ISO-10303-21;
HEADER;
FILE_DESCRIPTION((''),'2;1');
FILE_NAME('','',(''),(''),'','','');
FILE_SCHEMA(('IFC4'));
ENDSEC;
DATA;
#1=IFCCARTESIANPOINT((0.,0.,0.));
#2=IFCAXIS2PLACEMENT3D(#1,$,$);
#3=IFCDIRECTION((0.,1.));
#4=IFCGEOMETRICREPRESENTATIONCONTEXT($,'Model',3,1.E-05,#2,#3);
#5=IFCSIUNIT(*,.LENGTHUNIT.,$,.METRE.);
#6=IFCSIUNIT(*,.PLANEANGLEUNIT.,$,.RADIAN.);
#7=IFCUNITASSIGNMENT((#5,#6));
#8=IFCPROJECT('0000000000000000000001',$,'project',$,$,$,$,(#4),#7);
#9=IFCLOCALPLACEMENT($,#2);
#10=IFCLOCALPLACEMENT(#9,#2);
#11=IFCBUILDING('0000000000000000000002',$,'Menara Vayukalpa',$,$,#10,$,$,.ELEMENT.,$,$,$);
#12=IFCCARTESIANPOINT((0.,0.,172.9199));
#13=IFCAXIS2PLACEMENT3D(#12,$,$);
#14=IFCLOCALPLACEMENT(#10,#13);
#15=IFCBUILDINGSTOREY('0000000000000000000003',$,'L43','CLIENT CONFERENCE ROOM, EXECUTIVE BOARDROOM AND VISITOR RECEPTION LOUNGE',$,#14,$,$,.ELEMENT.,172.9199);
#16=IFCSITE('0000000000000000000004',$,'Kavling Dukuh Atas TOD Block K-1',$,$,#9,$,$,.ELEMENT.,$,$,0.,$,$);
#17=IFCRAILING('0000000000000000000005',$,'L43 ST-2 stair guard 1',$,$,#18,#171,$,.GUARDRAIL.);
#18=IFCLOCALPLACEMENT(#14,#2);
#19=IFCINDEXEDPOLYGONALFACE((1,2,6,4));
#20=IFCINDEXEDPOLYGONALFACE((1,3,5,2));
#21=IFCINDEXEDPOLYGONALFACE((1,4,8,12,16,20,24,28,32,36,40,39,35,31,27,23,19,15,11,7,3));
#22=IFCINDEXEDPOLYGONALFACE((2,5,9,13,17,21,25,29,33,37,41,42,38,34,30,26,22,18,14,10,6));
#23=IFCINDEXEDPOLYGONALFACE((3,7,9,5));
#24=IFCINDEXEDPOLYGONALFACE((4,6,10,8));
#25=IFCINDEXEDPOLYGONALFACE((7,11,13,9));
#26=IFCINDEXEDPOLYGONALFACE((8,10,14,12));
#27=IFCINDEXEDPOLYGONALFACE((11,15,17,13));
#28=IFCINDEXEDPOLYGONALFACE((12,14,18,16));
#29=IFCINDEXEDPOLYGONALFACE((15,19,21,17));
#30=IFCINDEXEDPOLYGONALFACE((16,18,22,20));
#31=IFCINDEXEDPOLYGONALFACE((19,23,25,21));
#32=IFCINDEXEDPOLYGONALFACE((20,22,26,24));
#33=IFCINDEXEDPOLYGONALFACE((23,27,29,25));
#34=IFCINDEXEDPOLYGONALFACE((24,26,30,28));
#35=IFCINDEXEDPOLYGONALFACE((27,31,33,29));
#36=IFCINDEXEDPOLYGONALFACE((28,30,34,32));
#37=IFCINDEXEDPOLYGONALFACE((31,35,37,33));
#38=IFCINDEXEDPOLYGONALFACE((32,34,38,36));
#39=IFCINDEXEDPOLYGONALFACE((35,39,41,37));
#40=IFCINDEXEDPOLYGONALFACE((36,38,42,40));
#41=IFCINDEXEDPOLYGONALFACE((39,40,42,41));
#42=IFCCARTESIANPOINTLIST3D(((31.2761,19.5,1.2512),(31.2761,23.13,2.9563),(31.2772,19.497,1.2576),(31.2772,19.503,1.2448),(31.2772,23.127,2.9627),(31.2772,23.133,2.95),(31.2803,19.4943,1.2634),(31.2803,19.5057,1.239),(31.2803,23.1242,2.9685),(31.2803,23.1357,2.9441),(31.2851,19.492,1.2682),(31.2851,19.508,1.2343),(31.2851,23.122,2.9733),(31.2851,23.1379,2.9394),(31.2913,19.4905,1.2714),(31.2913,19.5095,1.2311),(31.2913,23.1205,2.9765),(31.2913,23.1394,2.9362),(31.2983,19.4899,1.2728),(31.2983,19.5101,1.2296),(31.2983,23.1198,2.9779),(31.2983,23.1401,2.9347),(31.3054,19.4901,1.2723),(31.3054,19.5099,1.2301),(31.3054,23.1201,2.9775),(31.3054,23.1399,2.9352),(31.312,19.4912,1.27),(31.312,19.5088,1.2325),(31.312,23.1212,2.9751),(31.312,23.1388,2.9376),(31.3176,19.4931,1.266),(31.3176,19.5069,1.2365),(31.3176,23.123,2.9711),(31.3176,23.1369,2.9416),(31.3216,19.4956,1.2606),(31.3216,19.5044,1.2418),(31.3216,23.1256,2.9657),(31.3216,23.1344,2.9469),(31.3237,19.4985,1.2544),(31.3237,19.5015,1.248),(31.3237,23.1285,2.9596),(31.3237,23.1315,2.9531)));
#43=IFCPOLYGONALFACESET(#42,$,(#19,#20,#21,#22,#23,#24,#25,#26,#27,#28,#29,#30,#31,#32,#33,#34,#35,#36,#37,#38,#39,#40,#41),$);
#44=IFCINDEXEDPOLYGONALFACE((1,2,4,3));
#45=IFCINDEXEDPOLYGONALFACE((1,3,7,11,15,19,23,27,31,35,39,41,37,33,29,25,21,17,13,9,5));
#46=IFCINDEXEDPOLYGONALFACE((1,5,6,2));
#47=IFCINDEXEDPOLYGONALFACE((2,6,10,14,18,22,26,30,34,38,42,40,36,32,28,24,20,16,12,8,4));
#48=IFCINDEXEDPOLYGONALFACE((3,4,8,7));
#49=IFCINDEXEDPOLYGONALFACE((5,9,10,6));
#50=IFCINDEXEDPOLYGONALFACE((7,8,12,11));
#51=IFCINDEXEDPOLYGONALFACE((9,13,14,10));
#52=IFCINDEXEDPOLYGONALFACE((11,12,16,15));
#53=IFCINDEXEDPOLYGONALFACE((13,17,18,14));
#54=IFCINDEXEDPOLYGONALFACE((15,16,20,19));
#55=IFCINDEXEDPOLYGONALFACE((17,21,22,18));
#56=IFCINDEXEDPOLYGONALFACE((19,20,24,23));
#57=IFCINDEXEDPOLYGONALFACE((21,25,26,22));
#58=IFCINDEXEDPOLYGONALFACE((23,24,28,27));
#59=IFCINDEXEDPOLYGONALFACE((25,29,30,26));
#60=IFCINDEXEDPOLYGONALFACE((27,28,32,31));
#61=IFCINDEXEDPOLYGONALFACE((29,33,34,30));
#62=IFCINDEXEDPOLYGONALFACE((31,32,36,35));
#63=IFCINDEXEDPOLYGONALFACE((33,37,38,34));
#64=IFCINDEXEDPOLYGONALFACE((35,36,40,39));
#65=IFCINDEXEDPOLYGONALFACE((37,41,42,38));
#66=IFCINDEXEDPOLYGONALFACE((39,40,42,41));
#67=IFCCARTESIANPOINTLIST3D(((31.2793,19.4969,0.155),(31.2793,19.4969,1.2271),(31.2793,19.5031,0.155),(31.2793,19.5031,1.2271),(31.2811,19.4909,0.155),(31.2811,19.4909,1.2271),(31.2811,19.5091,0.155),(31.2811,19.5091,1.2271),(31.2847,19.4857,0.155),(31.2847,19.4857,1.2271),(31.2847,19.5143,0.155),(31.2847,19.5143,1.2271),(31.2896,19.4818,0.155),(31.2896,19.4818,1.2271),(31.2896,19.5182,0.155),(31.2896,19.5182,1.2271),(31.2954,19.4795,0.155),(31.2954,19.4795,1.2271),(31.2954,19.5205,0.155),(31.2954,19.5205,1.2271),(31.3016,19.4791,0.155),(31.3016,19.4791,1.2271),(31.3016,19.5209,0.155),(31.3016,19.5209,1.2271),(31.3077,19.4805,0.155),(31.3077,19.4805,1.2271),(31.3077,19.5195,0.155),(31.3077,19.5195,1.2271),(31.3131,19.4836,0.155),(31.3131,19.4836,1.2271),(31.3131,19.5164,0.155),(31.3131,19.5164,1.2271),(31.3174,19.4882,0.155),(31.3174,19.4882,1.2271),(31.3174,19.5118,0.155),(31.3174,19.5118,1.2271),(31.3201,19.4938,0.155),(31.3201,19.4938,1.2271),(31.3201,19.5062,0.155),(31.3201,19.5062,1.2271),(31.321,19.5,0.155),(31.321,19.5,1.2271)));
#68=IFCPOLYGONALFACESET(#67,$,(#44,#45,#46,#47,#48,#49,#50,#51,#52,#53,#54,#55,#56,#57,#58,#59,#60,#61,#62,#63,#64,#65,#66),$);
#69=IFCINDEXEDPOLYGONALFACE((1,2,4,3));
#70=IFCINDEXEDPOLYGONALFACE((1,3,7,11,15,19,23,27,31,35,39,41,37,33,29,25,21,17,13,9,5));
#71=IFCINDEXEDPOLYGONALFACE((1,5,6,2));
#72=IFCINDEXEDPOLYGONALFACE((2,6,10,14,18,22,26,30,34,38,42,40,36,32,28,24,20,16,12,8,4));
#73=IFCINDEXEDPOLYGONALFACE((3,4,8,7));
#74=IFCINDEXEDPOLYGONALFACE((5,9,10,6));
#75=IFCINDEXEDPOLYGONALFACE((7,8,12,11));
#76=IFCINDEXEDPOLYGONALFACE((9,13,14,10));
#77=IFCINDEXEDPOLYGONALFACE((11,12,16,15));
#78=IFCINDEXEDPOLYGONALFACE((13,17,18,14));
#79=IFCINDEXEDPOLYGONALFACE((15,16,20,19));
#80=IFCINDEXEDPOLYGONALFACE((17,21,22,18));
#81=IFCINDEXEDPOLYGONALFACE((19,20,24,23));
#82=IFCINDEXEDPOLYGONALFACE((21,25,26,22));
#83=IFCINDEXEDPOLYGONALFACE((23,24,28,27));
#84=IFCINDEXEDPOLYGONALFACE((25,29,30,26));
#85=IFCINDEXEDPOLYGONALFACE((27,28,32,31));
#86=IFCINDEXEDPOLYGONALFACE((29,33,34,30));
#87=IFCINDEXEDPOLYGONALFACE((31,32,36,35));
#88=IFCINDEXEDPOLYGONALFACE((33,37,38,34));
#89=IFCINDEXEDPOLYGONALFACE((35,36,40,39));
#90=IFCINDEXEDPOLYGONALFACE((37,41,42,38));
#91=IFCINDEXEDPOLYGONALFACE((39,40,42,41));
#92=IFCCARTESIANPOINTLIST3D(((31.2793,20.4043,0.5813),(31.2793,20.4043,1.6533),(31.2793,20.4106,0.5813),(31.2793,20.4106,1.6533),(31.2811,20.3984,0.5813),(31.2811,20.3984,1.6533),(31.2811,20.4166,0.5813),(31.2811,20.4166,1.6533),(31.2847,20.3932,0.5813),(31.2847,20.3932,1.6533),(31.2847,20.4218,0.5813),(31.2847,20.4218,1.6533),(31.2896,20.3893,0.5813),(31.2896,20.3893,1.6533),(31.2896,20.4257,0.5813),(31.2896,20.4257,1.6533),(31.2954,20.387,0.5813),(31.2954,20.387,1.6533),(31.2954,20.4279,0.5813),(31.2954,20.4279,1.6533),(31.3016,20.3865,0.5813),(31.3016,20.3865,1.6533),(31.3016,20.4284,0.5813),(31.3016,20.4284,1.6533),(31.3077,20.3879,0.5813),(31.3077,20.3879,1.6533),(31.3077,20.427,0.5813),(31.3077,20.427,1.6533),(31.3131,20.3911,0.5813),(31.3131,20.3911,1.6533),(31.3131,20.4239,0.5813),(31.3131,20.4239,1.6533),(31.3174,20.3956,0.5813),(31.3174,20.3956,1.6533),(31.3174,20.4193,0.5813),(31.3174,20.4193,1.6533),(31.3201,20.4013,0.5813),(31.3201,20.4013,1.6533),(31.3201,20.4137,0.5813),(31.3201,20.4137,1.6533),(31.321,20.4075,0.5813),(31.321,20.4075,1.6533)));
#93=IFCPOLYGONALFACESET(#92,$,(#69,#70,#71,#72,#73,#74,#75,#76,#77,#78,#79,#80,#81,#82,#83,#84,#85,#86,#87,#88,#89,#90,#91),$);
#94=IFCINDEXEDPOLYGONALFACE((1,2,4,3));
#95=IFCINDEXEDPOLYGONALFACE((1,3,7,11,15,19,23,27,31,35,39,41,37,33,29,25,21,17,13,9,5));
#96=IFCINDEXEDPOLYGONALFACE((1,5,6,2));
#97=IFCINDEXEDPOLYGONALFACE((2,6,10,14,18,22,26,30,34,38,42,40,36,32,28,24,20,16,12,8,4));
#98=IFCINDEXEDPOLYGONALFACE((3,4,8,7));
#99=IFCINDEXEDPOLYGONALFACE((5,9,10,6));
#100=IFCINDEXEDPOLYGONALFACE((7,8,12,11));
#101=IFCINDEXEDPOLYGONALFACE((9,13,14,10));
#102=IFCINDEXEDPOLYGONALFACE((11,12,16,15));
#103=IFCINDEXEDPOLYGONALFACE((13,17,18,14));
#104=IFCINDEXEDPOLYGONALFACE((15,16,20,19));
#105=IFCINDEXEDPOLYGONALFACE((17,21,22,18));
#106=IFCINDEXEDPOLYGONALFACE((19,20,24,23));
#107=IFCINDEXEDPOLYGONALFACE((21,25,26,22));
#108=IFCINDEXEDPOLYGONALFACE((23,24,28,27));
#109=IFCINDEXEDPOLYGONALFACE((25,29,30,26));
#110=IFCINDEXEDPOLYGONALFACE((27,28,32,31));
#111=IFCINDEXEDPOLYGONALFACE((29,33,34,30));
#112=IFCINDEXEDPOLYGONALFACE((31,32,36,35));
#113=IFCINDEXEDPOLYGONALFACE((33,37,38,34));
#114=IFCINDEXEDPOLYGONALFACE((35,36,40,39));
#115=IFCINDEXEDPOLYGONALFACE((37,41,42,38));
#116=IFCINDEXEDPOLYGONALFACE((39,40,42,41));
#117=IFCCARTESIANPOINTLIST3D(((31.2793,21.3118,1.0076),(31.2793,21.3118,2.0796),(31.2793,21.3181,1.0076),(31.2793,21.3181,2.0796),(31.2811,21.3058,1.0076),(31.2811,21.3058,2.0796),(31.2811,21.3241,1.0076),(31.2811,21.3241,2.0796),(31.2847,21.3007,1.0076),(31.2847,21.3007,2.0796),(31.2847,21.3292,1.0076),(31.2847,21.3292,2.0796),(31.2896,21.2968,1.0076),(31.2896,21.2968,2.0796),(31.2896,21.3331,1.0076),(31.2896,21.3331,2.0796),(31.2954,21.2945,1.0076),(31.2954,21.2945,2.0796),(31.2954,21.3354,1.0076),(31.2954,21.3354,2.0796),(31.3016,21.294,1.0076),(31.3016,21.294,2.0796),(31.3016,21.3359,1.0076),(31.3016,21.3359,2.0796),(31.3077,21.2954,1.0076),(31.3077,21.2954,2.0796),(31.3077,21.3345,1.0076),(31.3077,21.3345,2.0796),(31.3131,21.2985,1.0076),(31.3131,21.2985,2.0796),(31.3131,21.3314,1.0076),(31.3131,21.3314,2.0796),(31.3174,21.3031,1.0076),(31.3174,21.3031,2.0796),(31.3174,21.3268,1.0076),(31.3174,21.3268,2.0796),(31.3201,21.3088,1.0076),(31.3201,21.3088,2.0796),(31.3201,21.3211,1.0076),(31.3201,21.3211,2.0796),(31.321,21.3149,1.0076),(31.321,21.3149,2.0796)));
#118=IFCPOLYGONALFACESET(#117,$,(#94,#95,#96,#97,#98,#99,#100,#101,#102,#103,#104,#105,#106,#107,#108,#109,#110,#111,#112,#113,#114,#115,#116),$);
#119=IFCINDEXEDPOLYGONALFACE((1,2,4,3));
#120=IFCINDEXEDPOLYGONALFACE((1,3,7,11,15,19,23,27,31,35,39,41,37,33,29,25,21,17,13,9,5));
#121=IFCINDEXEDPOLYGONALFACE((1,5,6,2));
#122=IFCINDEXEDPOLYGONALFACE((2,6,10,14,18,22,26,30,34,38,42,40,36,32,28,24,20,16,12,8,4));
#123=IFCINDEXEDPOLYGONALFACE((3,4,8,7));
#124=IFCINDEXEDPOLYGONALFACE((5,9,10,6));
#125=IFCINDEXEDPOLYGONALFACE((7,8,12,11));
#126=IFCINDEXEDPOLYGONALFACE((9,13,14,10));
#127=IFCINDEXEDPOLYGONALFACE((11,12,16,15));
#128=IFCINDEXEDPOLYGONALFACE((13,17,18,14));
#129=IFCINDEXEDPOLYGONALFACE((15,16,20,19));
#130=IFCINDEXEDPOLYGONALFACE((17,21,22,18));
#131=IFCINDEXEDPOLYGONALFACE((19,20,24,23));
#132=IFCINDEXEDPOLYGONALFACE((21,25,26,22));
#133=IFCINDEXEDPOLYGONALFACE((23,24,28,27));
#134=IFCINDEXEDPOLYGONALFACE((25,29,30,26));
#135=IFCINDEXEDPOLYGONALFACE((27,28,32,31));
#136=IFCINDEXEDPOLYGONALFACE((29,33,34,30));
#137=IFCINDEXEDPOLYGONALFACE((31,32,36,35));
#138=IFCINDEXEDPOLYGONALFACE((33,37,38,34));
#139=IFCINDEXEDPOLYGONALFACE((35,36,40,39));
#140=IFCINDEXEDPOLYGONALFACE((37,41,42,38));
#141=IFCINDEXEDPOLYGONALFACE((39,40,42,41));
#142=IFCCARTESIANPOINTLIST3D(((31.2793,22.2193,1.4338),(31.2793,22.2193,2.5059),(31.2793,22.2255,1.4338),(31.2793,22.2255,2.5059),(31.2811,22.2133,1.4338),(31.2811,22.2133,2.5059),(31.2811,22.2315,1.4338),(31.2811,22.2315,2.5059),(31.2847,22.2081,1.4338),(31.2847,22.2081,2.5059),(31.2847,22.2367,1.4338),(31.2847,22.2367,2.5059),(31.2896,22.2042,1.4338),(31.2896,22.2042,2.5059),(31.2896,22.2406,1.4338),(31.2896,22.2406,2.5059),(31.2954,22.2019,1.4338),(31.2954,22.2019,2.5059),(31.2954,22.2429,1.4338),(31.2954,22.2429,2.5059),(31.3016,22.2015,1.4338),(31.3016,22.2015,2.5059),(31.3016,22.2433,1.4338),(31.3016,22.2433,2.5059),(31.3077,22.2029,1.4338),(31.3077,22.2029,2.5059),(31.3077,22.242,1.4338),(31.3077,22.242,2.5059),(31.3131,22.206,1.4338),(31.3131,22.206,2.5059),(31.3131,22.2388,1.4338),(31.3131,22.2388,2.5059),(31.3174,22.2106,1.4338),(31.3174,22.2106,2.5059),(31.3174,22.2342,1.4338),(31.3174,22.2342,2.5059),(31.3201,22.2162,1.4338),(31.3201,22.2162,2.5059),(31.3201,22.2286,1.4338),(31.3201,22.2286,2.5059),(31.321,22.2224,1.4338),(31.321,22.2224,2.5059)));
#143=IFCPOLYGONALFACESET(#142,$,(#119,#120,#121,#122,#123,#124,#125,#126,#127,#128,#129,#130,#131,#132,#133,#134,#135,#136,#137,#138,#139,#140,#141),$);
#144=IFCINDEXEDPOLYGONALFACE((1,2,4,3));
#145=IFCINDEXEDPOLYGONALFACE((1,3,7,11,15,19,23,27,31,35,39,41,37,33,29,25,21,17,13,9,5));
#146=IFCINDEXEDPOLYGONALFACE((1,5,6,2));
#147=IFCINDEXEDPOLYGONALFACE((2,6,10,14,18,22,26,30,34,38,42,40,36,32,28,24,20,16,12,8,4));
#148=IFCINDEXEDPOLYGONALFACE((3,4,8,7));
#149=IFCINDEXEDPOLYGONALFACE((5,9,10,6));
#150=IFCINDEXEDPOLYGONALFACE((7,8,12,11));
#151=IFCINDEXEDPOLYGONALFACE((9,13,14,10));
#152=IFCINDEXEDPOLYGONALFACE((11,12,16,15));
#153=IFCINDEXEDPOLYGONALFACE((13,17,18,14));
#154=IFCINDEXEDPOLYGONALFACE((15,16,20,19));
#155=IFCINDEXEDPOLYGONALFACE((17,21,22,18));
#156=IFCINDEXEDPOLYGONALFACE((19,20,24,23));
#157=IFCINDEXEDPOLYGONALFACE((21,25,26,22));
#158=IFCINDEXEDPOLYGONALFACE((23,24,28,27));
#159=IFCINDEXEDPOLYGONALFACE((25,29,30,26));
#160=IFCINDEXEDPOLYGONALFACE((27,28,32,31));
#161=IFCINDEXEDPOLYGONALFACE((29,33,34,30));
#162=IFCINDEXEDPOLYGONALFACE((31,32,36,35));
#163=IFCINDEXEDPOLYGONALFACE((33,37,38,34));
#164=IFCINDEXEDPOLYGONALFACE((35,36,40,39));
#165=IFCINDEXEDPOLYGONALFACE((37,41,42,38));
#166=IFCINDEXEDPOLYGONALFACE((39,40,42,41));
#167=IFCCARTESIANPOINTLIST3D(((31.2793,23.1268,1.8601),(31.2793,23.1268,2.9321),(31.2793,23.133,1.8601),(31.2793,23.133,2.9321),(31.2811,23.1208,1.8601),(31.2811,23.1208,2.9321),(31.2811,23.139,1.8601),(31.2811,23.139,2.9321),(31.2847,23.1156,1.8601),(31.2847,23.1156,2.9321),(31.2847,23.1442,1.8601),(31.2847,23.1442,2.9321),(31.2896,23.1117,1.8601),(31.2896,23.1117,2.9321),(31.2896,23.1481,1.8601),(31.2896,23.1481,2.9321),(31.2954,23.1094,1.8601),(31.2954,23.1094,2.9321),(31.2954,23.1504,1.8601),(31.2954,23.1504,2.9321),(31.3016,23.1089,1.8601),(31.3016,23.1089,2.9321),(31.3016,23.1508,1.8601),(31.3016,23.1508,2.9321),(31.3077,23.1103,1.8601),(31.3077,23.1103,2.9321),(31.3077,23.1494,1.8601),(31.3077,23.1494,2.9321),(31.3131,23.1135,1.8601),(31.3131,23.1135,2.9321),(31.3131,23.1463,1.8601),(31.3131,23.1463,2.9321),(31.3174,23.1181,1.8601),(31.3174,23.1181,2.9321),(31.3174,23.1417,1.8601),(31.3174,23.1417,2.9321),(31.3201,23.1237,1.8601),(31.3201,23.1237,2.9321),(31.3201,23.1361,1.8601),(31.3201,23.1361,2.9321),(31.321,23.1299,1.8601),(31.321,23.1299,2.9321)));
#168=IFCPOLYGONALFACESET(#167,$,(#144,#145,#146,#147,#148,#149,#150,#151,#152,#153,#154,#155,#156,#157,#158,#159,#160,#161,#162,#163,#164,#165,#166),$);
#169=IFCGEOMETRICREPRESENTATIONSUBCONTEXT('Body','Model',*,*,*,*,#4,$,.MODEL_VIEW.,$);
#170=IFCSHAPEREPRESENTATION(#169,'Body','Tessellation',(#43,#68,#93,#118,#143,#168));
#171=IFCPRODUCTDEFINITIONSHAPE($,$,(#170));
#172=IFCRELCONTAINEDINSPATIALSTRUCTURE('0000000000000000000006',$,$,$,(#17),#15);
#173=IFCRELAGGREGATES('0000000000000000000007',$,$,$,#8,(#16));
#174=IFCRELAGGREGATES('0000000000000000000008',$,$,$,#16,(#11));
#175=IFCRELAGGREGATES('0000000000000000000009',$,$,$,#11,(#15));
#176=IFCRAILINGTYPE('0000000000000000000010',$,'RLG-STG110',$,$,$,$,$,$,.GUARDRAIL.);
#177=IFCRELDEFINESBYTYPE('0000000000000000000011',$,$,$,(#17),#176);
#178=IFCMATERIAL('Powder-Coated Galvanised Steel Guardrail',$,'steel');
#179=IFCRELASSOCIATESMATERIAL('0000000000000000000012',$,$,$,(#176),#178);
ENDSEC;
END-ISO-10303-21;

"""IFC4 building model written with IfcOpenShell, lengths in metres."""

from ifc_helpers import new_model, si_unit, direction, frame, origin, origin_2d, place, context, subcontext, project, spatial, circle, extrude, material, type_object, element, save


model = new_model("IFC4")

# Units and contexts
model_context = context("Model", 3, precision=1e-05, world=origin(), true_north=direction((0.0, 1.0)))
body_context = subcontext(model_context, "Body", "Model", "MODEL_VIEW")
ifc_project = project(units=[si_unit("LENGTHUNIT", "METRE"), si_unit("PLANEANGLEUNIT", "RADIAN")], contexts=[model_context])

# Site, building, storey
site_placement = place(None, origin())
site = spatial("IfcSite", under=ifc_project, at=site_placement, Name="Kavling Dukuh Atas TOD Block K-1", CompositionType="ELEMENT", RefElevation=0.0)
building_placement = place(site_placement, origin())
building = spatial("IfcBuilding", under=site, at=building_placement, Name="Menara Vayukalpa", CompositionType="ELEMENT")
storey_placement = place(building_placement, frame((0.0, 0.0, 172.9199)))
storey = spatial("IfcBuildingStorey", under=building, at=storey_placement, Name="L43", Description="CLIENT CONFERENCE ROOM, EXECUTIVE BOARDROOM AND VISITOR RECEPTION LOUNGE", CompositionType="ELEMENT", Elevation=172.9199)

# Railing
ifc_material_1 = material(Name="Powder-Coated Galvanised Steel Guardrail", Category="steel")
railing_type_1 = type_object("IfcRailingType", Name="RLG-STG110", PredefinedType="GUARDRAIL", material=ifc_material_1)
railing_1_placement = place(storey_placement, frame((31.3, 19.5, 0.155)))
element("IfcRailing", 1, at=railing_1_placement, inside=storey, type_object=railing_type_1, Name="L43 ST-2 stair guard 1", PredefinedType="GUARDRAIL", context=body_context, shape_type="SweptSolid", body=[
    extrude(circle(Radius=0.0239, at=origin_2d()), frame((0.0, 0.0, 1.0962), z_axis=(0.0, 0.905116, 0.425164), x_axis=(-1.0, 0.0, 0.0)), (0.0, 0.0, 1.0), 4.0105),
    extrude(circle(Radius=0.021, at=origin_2d()), origin(), (0.0, 0.0, 1.0), 1.072),
    extrude(circle(Radius=0.021, at=origin_2d()), frame((0.0, 0.9075, 0.4263)), (0.0, 0.0, 1.0), 1.072),
    extrude(circle(Radius=0.021, at=origin_2d()), frame((0.0, 1.8149, 0.8525)), (0.0, 0.0, 1.0), 1.072),
    extrude(circle(Radius=0.021, at=origin_2d()), frame((0.0, 2.7224, 1.2788)), (0.0, 0.0, 1.0), 1.072),
    extrude(circle(Radius=0.021, at=origin_2d()), frame((0.0, 3.6299, 1.7051)), (0.0, 0.0, 1.0), 1.072),
])

save(model, "model.ifc")
